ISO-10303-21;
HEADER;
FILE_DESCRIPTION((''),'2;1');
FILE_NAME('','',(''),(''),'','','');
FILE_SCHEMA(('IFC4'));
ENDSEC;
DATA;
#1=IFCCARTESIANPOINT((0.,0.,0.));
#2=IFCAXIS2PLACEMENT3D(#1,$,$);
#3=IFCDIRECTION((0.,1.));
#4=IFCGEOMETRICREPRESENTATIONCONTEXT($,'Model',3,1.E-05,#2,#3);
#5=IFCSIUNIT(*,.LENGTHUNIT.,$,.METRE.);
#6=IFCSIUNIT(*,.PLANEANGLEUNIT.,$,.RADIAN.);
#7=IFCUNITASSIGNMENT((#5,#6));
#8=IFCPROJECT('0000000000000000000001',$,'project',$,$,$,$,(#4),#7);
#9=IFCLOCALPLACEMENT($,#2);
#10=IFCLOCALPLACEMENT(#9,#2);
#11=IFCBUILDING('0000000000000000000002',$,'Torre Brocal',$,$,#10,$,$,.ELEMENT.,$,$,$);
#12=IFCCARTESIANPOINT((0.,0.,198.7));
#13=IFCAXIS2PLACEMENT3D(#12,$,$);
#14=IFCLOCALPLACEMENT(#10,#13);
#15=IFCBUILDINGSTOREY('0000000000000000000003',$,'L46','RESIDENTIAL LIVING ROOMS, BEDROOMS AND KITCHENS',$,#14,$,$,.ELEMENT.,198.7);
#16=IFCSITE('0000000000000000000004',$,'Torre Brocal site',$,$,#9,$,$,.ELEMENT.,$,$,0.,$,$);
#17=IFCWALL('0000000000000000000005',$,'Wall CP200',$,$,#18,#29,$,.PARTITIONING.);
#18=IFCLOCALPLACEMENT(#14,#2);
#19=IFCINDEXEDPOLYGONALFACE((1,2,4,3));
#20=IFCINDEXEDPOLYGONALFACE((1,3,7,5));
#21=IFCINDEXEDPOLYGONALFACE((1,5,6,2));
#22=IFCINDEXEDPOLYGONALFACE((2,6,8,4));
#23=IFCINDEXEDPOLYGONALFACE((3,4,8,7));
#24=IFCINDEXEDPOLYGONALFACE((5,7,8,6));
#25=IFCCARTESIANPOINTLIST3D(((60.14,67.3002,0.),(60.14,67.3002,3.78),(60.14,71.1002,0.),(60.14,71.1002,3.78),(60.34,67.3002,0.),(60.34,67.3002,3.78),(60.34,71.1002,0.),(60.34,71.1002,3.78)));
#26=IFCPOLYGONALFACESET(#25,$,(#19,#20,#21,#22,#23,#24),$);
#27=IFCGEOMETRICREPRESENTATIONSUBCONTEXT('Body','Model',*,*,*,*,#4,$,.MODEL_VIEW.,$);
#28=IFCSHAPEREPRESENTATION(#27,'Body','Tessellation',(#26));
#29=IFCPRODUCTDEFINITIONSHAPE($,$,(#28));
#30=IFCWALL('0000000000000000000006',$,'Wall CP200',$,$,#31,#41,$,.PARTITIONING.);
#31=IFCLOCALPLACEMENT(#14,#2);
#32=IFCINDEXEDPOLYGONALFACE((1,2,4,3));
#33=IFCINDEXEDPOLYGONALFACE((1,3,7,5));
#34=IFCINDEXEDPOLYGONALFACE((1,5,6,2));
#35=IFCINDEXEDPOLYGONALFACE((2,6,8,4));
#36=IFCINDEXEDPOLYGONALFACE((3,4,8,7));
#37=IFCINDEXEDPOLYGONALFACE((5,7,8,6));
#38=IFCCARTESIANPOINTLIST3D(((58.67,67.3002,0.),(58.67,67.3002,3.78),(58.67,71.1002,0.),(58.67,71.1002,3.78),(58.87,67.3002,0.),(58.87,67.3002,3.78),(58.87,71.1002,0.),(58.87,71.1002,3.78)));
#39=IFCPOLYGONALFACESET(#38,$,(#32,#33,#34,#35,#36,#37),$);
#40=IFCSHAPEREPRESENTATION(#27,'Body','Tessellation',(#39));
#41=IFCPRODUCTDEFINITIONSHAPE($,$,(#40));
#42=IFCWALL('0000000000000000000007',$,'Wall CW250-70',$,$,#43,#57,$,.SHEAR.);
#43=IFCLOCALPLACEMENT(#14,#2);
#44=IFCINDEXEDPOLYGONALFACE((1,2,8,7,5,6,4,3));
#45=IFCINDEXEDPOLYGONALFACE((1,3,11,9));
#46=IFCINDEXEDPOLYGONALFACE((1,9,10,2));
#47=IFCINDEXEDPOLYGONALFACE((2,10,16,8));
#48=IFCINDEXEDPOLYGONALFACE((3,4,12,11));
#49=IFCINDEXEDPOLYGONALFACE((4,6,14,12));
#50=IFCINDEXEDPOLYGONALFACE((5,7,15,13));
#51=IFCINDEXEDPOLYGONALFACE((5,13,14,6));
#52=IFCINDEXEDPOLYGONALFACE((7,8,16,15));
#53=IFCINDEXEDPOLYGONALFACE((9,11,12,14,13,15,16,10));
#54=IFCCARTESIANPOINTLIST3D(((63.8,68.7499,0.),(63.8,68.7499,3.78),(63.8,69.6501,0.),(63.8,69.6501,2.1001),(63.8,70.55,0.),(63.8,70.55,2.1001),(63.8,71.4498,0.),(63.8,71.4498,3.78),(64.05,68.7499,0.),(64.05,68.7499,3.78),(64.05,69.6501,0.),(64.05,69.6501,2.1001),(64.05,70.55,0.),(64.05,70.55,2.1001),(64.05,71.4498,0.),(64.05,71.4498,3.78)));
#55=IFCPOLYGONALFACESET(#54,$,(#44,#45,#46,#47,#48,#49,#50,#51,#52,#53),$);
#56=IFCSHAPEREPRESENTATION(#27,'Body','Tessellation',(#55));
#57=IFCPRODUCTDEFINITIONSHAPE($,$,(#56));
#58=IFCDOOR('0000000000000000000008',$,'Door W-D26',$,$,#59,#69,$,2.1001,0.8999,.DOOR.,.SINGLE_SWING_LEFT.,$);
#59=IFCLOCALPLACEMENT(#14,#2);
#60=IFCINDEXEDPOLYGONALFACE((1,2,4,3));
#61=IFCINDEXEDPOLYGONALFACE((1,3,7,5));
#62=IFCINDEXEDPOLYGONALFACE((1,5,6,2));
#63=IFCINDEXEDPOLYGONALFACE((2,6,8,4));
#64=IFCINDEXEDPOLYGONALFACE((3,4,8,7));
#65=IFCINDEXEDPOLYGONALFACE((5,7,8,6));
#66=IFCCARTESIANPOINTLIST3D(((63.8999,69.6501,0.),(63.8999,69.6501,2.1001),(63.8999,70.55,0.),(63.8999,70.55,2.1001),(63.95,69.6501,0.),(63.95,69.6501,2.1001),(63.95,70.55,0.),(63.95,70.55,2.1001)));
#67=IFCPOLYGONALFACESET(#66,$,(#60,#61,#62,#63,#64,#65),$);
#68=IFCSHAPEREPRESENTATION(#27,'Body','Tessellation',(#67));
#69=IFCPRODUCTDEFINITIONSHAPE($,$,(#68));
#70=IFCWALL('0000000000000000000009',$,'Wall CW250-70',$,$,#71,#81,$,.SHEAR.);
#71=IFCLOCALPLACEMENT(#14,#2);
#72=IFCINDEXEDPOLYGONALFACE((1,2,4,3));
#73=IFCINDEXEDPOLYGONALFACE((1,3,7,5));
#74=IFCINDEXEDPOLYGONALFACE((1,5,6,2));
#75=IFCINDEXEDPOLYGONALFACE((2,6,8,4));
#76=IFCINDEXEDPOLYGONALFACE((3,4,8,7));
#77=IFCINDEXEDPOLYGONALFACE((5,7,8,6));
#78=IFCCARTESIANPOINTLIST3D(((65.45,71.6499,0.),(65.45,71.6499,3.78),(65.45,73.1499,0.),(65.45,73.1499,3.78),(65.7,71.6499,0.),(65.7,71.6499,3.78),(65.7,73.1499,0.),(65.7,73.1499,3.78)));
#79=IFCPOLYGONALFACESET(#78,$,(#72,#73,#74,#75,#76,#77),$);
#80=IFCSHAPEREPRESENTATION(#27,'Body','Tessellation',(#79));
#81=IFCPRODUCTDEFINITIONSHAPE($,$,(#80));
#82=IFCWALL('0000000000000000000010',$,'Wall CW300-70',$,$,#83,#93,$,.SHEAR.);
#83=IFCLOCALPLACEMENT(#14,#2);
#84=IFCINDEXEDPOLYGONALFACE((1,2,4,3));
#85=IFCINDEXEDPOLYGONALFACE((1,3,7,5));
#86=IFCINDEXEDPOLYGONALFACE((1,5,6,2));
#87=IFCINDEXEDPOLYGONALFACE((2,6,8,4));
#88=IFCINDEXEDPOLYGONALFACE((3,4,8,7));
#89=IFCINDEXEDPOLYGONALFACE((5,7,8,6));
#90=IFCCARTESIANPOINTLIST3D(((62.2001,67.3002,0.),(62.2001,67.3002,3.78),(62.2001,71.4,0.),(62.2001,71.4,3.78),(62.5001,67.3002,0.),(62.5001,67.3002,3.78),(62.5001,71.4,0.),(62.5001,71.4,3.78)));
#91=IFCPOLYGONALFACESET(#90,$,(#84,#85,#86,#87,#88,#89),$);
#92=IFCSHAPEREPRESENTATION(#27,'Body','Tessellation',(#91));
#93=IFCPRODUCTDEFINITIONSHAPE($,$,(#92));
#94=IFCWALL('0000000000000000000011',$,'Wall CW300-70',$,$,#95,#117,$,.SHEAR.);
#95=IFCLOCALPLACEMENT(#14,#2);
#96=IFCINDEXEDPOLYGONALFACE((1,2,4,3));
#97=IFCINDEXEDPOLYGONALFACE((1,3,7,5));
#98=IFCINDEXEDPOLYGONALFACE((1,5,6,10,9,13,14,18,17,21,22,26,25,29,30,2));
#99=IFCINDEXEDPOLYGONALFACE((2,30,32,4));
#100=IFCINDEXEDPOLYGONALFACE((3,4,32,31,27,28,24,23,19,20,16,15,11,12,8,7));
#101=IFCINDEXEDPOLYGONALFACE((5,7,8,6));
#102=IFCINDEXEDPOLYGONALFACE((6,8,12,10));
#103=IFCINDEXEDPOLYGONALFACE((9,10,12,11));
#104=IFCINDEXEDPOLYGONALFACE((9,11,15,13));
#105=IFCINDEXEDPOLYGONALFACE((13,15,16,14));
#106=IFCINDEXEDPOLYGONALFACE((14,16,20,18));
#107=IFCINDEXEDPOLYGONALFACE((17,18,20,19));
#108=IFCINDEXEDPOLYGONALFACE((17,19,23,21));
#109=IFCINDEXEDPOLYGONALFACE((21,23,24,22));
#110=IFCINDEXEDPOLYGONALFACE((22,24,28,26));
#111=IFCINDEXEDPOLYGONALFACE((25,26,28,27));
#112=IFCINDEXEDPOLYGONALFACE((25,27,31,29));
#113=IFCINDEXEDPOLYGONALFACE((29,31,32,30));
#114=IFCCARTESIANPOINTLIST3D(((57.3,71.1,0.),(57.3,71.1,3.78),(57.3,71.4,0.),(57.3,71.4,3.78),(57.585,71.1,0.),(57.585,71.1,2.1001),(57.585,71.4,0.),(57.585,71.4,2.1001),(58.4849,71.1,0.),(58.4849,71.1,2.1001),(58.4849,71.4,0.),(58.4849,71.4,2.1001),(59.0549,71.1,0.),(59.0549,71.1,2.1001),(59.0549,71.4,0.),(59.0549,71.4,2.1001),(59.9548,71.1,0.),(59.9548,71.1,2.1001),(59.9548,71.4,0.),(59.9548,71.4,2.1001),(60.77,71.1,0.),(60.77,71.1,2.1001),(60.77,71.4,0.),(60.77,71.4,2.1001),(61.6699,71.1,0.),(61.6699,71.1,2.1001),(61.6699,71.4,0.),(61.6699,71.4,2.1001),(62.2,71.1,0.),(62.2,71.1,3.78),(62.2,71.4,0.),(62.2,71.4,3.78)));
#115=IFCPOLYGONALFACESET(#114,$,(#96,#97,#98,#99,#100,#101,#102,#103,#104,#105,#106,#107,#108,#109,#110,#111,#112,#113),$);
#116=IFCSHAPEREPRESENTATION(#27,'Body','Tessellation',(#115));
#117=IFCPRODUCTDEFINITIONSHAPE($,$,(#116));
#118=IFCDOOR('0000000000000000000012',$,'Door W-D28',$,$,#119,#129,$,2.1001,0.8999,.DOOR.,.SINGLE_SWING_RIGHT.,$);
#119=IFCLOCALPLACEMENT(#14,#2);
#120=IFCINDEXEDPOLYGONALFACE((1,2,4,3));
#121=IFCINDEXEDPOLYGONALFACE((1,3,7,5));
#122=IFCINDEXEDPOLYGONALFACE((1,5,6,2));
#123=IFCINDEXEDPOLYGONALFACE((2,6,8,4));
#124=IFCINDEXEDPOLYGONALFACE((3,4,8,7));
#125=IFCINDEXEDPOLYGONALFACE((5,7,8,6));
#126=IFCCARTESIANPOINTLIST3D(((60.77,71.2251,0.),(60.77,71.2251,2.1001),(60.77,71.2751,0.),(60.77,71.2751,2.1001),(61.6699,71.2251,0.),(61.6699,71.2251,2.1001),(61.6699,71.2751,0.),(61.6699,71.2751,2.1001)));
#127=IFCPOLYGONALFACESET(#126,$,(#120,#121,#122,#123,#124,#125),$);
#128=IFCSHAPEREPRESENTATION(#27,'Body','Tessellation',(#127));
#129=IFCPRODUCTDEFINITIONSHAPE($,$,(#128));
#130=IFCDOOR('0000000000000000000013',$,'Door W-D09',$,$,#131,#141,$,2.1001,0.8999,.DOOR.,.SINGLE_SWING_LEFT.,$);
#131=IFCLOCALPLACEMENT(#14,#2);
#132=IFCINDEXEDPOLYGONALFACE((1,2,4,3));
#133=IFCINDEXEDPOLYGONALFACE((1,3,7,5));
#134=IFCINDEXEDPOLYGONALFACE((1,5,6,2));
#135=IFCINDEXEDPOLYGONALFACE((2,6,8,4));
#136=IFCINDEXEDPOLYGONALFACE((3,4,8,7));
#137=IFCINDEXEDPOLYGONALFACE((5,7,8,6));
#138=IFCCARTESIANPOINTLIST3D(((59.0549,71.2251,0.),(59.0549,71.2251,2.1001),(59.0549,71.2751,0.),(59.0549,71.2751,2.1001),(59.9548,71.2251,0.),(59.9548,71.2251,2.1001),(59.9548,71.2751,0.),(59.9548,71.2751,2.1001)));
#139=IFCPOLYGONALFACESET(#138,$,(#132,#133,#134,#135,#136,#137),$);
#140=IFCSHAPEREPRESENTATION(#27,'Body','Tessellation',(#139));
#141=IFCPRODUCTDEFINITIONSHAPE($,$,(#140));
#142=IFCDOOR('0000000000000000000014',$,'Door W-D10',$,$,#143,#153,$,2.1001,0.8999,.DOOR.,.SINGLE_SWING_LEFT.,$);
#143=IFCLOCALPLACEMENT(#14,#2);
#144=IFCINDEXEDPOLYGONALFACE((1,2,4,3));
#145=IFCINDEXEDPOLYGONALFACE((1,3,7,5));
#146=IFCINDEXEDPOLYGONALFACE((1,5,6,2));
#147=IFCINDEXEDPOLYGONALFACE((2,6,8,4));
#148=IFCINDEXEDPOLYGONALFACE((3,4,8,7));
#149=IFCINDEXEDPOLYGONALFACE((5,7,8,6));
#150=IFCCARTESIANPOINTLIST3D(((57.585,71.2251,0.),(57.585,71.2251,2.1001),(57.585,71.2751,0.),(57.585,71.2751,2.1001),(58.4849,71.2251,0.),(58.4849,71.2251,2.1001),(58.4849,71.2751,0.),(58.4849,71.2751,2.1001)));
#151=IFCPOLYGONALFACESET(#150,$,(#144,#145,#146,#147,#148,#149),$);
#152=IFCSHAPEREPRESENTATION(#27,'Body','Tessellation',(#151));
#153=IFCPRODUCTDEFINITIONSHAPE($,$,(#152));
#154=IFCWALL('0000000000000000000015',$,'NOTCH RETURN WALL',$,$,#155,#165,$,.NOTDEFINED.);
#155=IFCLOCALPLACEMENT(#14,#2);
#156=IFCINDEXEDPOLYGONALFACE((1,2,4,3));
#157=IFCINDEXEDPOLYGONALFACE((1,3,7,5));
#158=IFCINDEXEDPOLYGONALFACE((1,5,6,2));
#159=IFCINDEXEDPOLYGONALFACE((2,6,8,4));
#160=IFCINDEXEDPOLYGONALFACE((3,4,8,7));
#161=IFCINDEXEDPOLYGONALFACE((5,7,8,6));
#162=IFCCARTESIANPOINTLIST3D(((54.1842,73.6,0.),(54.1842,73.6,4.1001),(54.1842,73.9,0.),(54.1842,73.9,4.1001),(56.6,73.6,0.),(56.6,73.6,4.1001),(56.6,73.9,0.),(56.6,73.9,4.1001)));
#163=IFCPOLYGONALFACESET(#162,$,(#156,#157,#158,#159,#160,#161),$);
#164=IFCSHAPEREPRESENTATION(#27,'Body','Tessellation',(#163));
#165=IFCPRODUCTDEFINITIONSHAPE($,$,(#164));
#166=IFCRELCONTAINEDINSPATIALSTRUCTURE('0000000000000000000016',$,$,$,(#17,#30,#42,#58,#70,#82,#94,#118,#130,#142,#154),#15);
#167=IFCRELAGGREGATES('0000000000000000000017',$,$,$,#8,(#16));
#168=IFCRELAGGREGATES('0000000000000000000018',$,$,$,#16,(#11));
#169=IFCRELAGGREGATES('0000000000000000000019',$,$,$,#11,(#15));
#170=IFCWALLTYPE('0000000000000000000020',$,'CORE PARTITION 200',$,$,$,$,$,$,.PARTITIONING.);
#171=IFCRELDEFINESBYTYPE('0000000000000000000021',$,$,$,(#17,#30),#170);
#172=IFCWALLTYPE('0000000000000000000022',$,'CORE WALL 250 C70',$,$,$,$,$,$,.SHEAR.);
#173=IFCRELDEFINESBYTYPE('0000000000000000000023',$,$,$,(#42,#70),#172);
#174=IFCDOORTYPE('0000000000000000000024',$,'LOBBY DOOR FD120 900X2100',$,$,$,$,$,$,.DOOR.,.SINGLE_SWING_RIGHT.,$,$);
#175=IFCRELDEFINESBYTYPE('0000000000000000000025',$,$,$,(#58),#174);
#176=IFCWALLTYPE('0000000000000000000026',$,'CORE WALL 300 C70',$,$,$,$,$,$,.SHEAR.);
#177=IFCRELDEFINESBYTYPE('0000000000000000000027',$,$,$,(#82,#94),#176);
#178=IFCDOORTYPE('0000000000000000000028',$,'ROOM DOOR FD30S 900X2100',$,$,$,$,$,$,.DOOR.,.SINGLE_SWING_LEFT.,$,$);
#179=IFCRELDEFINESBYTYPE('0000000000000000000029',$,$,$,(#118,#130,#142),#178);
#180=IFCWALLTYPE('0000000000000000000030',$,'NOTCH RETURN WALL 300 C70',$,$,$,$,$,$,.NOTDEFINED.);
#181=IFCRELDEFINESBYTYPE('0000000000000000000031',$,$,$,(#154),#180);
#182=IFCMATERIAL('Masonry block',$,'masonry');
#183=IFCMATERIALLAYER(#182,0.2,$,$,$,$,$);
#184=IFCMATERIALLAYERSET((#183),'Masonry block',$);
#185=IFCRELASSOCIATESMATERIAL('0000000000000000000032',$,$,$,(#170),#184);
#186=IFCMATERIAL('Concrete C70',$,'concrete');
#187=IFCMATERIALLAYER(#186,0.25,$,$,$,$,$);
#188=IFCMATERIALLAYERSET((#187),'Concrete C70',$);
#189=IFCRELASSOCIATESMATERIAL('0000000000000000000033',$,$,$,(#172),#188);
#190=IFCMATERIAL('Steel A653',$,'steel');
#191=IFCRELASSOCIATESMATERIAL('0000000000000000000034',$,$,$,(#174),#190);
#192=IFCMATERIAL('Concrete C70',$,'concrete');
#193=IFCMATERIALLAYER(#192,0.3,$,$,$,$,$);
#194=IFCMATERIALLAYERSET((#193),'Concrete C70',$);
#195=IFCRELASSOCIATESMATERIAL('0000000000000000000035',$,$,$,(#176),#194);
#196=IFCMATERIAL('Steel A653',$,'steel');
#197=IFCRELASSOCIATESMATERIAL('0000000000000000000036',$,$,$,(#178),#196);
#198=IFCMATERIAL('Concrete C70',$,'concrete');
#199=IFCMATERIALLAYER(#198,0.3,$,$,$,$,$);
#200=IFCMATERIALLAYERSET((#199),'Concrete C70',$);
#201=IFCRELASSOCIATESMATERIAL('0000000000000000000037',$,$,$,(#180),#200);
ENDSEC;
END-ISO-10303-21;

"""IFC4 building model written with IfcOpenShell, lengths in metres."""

from ifc_helpers import new_model, si_unit, direction, frame, frame_2d, origin, place, context, subcontext, project, spatial, rectangle, extrude, material, layer, layer_set, type_object, element, fill, save


model = new_model("IFC4")

# Units and contexts
model_context = context("Model", 3, precision=1e-05, world=origin(), true_north=direction((0.0, 1.0)))
body_context = subcontext(model_context, "Body", "Model", "MODEL_VIEW")
ifc_project = project(units=[si_unit("LENGTHUNIT", "METRE"), si_unit("PLANEANGLEUNIT", "RADIAN")], contexts=[model_context])

# Site, building, storey
site_placement = place(None, origin())
site = spatial("IfcSite", under=ifc_project, at=site_placement, Name="Torre Brocal site", CompositionType="ELEMENT", RefElevation=0.0)
building_placement = place(site_placement, origin())
building = spatial("IfcBuilding", under=site, at=building_placement, Name="Torre Brocal", CompositionType="ELEMENT")
storey_placement = place(building_placement, frame((0.0, 0.0, 198.7)))
storey = spatial("IfcBuildingStorey", under=building, at=storey_placement, Name="L46", Description="RESIDENTIAL LIVING ROOMS, BEDROOMS AND KITCHENS", CompositionType="ELEMENT", Elevation=198.7)

# Walls
ifc_material_1 = material(Name="Masonry block", Category="masonry")
ifc_layer_1 = layer(ifc_material_1, 0.2)
ifc_layer_set_1 = layer_set([ifc_layer_1], Name="Masonry block")
wall_type_1 = type_object("IfcWallType", Name="CORE PARTITION 200", PredefinedType="PARTITIONING", material=ifc_layer_set_1)
for number, where, z_axis, x_axis, name in (
    (1, (60.24, 71.1001, 0.0), (0.0, 0.0, 1.0), (0.0, -1.0, 0.0), "Wall CP200"),
    (2, (58.77, 71.1001, 0.0), (0.0, 0.0, 1.0), (0.0, -1.0, 0.0), "Wall CP200"),
):
    element("IfcWall", number, at=place(storey_placement, frame(where, z_axis=z_axis, x_axis=x_axis)), inside=storey, type_object=wall_type_1, Name=name, PredefinedType="PARTITIONING", context=body_context, shape_type="SweptSolid", body=[
        extrude(rectangle(XDim=3.8, YDim=0.2, at=frame_2d((1.8999, 0.0))), origin(), (0.0, 0.0, 1.0), 3.78),
    ])

# Wall, opening, door
ifc_material_2 = material(Name="Concrete C70", Category="concrete")
ifc_layer_2 = layer(ifc_material_2, 0.25)
ifc_layer_set_2 = layer_set([ifc_layer_2], Name="Concrete C70")
wall_type_2 = type_object("IfcWallType", Name="CORE WALL 250 C70", PredefinedType="SHEAR", material=ifc_layer_set_2)
wall_1_placement = place(storey_placement, frame((63.925, 71.45, 0.0), z_axis=(0.0, 0.0, 1.0), x_axis=(0.0, -1.0, 0.0)))
wall_1 = element("IfcWall", 3, at=wall_1_placement, inside=storey, type_object=wall_type_2, Name="Wall CW250-70", PredefinedType="SHEAR", context=body_context, shape_type="SweptSolid", body=[
    extrude(rectangle(XDim=2.7, YDim=0.25, at=frame_2d((1.3501, 0.0))), origin(), (0.0, 0.0, 1.0), 3.78),
])
opening_1_placement = place(wall_1_placement, frame((0.8999, 0.0, 0.0)))
opening_1 = element("IfcOpeningElement", 4, at=opening_1_placement, cuts=wall_1, PredefinedType="OPENING", context=body_context, shape_type="SweptSolid", body=[
    extrude(rectangle(XDim=0.8999, YDim=2.1001, at=frame_2d((0.45, 1.05))), frame((0.0, 0.135, 0.0), z_axis=(0.0, -1.0, 0.0), x_axis=(1.0, 0.0, 0.0)), (0.0, 0.0, 1.0), 0.27),
])
ifc_material_3 = material(Name="Steel A653", Category="steel")
door_type_1 = type_object("IfcDoorType", Name="LOBBY DOOR FD120 900X2100", OperationType="SINGLE_SWING_RIGHT", PredefinedType="DOOR", material=ifc_material_3)
door_1_placement = place(opening_1_placement, origin())
door_1 = element("IfcDoor", 5, at=door_1_placement, inside=storey, type_object=door_type_1, Name="Door W-D26", OperationType="SINGLE_SWING_LEFT", OverallHeight=2.1001, OverallWidth=0.8999, PredefinedType="DOOR", context=body_context, shape_type="SweptSolid", body=[
    extrude(rectangle(XDim=0.8999, YDim=2.1001, at=frame_2d((0.45, 1.05))), frame((0.0, 0.0249, 0.0), z_axis=(0.0, -1.0, 0.0), x_axis=(1.0, 0.0, 0.0)), (0.0, 0.0, 1.0), 0.05),
])
fill(opening_1, door_1)

# Walls
wall_2_placement = place(storey_placement, frame((65.575, 73.1499, 0.0), z_axis=(0.0, 0.0, 1.0), x_axis=(0.0, -1.0, 0.0)))
element("IfcWall", 6, at=wall_2_placement, inside=storey, type_object=wall_type_2, Name="Wall CW250-70", PredefinedType="SHEAR", context=body_context, shape_type="SweptSolid", body=[
    extrude(rectangle(XDim=1.5, YDim=0.25, at=frame_2d((0.75, 0.0))), origin(), (0.0, 0.0, 1.0), 3.78),
])
ifc_material_4 = material(Name="Concrete C70", Category="concrete")
ifc_layer_3 = layer(ifc_material_4, 0.3)
ifc_layer_set_3 = layer_set([ifc_layer_3], Name="Concrete C70")
wall_type_3 = type_object("IfcWallType", Name="CORE WALL 300 C70", PredefinedType="SHEAR", material=ifc_layer_set_3)
wall_3_placement = place(storey_placement, frame((62.3501, 71.3999, 0.0), z_axis=(0.0, 0.0, 1.0), x_axis=(0.0, -1.0, 0.0)))
element("IfcWall", 7, at=wall_3_placement, inside=storey, type_object=wall_type_3, Name="Wall CW300-70", PredefinedType="SHEAR", context=body_context, shape_type="SweptSolid", body=[
    extrude(rectangle(XDim=4.0999, YDim=0.3, at=frame_2d((2.0498, 0.0))), origin(), (0.0, 0.0, 1.0), 3.78),
])

# Wall, openings, doors
wall_4_placement = place(storey_placement, frame((62.2, 71.25, 0.0), z_axis=(0.0, 0.0, 1.0), x_axis=(-1.0, 0.0, 0.0)))
wall_4 = element("IfcWall", 8, at=wall_4_placement, inside=storey, type_object=wall_type_3, Name="Wall CW300-70", PredefinedType="SHEAR", context=body_context, shape_type="SweptSolid", body=[
    extrude(rectangle(XDim=4.8999, YDim=0.3, at=frame_2d((2.45, 0.0))), origin(), (0.0, 0.0, 1.0), 3.78),
])
opening_2_placement = place(wall_4_placement, frame((0.53, 0.0, 0.0)))
opening_2 = element("IfcOpeningElement", 9, at=opening_2_placement, cuts=wall_4, PredefinedType="OPENING", context=body_context, shape_type="SweptSolid", body=[
    extrude(rectangle(XDim=0.8999, YDim=2.1001, at=frame_2d((0.45, 1.05))), frame((0.0, 0.1599, 0.0), z_axis=(0.0, -1.0, 0.0), x_axis=(1.0, 0.0, 0.0)), (0.0, 0.0, 1.0), 0.3201),
])
opening_3_placement = place(wall_4_placement, frame((2.2451, 0.0, 0.0)))
opening_3 = element("IfcOpeningElement", 10, at=opening_3_placement, cuts=wall_4, PredefinedType="OPENING", context=body_context, shape_type="SweptSolid", body=[
    extrude(rectangle(XDim=0.8999, YDim=2.1001, at=frame_2d((0.45, 1.05))), frame((0.0, 0.1599, 0.0), z_axis=(0.0, -1.0, 0.0), x_axis=(1.0, 0.0, 0.0)), (0.0, 0.0, 1.0), 0.3201),
])
opening_4_placement = place(wall_4_placement, frame((3.7151, 0.0, 0.0)))
opening_4 = element("IfcOpeningElement", 11, at=opening_4_placement, cuts=wall_4, PredefinedType="OPENING", context=body_context, shape_type="SweptSolid", body=[
    extrude(rectangle(XDim=0.8999, YDim=2.1001, at=frame_2d((0.45, 1.05))), frame((0.0, 0.1599, 0.0), z_axis=(0.0, -1.0, 0.0), x_axis=(1.0, 0.0, 0.0)), (0.0, 0.0, 1.0), 0.3201),
])
ifc_material_5 = material(Name="Steel A653", Category="steel")
door_type_2 = type_object("IfcDoorType", Name="ROOM DOOR FD30S 900X2100", OperationType="SINGLE_SWING_LEFT", PredefinedType="DOOR", material=ifc_material_5)
door_2_placement = place(opening_2_placement, origin())
door_2 = element("IfcDoor", 12, at=door_2_placement, inside=storey, type_object=door_type_2, Name="Door W-D28", OperationType="SINGLE_SWING_RIGHT", OverallHeight=2.1001, OverallWidth=0.8999, PredefinedType="DOOR", context=body_context, shape_type="SweptSolid", body=[
    extrude(rectangle(XDim=0.8999, YDim=2.1001, at=frame_2d((0.45, 1.05))), frame((0.0, 0.0249, 0.0), z_axis=(0.0, -1.0, 0.0), x_axis=(1.0, 0.0, 0.0)), (0.0, 0.0, 1.0), 0.05),
])
fill(opening_2, door_2)
door_3_placement = place(opening_3_placement, origin())
door_3 = element("IfcDoor", 13, at=door_3_placement, inside=storey, type_object=door_type_2, Name="Door W-D09", OperationType="SINGLE_SWING_LEFT", OverallHeight=2.1001, OverallWidth=0.8999, PredefinedType="DOOR", context=body_context, shape_type="SweptSolid", body=[
    extrude(rectangle(XDim=0.8999, YDim=2.1001, at=frame_2d((0.45, 1.05))), frame((0.0, 0.0249, 0.0), z_axis=(0.0, -1.0, 0.0), x_axis=(1.0, 0.0, 0.0)), (0.0, 0.0, 1.0), 0.05),
])
fill(opening_3, door_3)
door_4_placement = place(opening_4_placement, origin())
door_4 = element("IfcDoor", 14, at=door_4_placement, inside=storey, type_object=door_type_2, Name="Door W-D10", OperationType="SINGLE_SWING_LEFT", OverallHeight=2.1001, OverallWidth=0.8999, PredefinedType="DOOR", context=body_context, shape_type="SweptSolid", body=[
    extrude(rectangle(XDim=0.8999, YDim=2.1001, at=frame_2d((0.45, 1.05))), frame((0.0, 0.0249, 0.0), z_axis=(0.0, -1.0, 0.0), x_axis=(1.0, 0.0, 0.0)), (0.0, 0.0, 1.0), 0.05),
])
fill(opening_4, door_4)

# Wall
ifc_material_6 = material(Name="Concrete C70", Category="concrete")
ifc_layer_4 = layer(ifc_material_6, 0.3)
ifc_layer_set_4 = layer_set([ifc_layer_4], Name="Concrete C70")
wall_type_4 = type_object("IfcWallType", Name="NOTCH RETURN WALL 300 C70", PredefinedType="NOTDEFINED", material=ifc_layer_set_4)
wall_5_placement = place(storey_placement, frame((56.6001, 73.75, 0.0), z_axis=(0.0, 0.0, 1.0), x_axis=(-1.0, 0.0, 0.0)))
element("IfcWall", 15, at=wall_5_placement, inside=storey, type_object=wall_type_4, Name="NOTCH RETURN WALL", PredefinedType="NOTDEFINED", context=body_context, shape_type="SweptSolid", body=[
    extrude(rectangle(XDim=2.4158, YDim=0.3, at=frame_2d((1.208, 0.0))), origin(), (0.0, 0.0, 1.0), 4.1001),
])

save(model, "model.ifc")
